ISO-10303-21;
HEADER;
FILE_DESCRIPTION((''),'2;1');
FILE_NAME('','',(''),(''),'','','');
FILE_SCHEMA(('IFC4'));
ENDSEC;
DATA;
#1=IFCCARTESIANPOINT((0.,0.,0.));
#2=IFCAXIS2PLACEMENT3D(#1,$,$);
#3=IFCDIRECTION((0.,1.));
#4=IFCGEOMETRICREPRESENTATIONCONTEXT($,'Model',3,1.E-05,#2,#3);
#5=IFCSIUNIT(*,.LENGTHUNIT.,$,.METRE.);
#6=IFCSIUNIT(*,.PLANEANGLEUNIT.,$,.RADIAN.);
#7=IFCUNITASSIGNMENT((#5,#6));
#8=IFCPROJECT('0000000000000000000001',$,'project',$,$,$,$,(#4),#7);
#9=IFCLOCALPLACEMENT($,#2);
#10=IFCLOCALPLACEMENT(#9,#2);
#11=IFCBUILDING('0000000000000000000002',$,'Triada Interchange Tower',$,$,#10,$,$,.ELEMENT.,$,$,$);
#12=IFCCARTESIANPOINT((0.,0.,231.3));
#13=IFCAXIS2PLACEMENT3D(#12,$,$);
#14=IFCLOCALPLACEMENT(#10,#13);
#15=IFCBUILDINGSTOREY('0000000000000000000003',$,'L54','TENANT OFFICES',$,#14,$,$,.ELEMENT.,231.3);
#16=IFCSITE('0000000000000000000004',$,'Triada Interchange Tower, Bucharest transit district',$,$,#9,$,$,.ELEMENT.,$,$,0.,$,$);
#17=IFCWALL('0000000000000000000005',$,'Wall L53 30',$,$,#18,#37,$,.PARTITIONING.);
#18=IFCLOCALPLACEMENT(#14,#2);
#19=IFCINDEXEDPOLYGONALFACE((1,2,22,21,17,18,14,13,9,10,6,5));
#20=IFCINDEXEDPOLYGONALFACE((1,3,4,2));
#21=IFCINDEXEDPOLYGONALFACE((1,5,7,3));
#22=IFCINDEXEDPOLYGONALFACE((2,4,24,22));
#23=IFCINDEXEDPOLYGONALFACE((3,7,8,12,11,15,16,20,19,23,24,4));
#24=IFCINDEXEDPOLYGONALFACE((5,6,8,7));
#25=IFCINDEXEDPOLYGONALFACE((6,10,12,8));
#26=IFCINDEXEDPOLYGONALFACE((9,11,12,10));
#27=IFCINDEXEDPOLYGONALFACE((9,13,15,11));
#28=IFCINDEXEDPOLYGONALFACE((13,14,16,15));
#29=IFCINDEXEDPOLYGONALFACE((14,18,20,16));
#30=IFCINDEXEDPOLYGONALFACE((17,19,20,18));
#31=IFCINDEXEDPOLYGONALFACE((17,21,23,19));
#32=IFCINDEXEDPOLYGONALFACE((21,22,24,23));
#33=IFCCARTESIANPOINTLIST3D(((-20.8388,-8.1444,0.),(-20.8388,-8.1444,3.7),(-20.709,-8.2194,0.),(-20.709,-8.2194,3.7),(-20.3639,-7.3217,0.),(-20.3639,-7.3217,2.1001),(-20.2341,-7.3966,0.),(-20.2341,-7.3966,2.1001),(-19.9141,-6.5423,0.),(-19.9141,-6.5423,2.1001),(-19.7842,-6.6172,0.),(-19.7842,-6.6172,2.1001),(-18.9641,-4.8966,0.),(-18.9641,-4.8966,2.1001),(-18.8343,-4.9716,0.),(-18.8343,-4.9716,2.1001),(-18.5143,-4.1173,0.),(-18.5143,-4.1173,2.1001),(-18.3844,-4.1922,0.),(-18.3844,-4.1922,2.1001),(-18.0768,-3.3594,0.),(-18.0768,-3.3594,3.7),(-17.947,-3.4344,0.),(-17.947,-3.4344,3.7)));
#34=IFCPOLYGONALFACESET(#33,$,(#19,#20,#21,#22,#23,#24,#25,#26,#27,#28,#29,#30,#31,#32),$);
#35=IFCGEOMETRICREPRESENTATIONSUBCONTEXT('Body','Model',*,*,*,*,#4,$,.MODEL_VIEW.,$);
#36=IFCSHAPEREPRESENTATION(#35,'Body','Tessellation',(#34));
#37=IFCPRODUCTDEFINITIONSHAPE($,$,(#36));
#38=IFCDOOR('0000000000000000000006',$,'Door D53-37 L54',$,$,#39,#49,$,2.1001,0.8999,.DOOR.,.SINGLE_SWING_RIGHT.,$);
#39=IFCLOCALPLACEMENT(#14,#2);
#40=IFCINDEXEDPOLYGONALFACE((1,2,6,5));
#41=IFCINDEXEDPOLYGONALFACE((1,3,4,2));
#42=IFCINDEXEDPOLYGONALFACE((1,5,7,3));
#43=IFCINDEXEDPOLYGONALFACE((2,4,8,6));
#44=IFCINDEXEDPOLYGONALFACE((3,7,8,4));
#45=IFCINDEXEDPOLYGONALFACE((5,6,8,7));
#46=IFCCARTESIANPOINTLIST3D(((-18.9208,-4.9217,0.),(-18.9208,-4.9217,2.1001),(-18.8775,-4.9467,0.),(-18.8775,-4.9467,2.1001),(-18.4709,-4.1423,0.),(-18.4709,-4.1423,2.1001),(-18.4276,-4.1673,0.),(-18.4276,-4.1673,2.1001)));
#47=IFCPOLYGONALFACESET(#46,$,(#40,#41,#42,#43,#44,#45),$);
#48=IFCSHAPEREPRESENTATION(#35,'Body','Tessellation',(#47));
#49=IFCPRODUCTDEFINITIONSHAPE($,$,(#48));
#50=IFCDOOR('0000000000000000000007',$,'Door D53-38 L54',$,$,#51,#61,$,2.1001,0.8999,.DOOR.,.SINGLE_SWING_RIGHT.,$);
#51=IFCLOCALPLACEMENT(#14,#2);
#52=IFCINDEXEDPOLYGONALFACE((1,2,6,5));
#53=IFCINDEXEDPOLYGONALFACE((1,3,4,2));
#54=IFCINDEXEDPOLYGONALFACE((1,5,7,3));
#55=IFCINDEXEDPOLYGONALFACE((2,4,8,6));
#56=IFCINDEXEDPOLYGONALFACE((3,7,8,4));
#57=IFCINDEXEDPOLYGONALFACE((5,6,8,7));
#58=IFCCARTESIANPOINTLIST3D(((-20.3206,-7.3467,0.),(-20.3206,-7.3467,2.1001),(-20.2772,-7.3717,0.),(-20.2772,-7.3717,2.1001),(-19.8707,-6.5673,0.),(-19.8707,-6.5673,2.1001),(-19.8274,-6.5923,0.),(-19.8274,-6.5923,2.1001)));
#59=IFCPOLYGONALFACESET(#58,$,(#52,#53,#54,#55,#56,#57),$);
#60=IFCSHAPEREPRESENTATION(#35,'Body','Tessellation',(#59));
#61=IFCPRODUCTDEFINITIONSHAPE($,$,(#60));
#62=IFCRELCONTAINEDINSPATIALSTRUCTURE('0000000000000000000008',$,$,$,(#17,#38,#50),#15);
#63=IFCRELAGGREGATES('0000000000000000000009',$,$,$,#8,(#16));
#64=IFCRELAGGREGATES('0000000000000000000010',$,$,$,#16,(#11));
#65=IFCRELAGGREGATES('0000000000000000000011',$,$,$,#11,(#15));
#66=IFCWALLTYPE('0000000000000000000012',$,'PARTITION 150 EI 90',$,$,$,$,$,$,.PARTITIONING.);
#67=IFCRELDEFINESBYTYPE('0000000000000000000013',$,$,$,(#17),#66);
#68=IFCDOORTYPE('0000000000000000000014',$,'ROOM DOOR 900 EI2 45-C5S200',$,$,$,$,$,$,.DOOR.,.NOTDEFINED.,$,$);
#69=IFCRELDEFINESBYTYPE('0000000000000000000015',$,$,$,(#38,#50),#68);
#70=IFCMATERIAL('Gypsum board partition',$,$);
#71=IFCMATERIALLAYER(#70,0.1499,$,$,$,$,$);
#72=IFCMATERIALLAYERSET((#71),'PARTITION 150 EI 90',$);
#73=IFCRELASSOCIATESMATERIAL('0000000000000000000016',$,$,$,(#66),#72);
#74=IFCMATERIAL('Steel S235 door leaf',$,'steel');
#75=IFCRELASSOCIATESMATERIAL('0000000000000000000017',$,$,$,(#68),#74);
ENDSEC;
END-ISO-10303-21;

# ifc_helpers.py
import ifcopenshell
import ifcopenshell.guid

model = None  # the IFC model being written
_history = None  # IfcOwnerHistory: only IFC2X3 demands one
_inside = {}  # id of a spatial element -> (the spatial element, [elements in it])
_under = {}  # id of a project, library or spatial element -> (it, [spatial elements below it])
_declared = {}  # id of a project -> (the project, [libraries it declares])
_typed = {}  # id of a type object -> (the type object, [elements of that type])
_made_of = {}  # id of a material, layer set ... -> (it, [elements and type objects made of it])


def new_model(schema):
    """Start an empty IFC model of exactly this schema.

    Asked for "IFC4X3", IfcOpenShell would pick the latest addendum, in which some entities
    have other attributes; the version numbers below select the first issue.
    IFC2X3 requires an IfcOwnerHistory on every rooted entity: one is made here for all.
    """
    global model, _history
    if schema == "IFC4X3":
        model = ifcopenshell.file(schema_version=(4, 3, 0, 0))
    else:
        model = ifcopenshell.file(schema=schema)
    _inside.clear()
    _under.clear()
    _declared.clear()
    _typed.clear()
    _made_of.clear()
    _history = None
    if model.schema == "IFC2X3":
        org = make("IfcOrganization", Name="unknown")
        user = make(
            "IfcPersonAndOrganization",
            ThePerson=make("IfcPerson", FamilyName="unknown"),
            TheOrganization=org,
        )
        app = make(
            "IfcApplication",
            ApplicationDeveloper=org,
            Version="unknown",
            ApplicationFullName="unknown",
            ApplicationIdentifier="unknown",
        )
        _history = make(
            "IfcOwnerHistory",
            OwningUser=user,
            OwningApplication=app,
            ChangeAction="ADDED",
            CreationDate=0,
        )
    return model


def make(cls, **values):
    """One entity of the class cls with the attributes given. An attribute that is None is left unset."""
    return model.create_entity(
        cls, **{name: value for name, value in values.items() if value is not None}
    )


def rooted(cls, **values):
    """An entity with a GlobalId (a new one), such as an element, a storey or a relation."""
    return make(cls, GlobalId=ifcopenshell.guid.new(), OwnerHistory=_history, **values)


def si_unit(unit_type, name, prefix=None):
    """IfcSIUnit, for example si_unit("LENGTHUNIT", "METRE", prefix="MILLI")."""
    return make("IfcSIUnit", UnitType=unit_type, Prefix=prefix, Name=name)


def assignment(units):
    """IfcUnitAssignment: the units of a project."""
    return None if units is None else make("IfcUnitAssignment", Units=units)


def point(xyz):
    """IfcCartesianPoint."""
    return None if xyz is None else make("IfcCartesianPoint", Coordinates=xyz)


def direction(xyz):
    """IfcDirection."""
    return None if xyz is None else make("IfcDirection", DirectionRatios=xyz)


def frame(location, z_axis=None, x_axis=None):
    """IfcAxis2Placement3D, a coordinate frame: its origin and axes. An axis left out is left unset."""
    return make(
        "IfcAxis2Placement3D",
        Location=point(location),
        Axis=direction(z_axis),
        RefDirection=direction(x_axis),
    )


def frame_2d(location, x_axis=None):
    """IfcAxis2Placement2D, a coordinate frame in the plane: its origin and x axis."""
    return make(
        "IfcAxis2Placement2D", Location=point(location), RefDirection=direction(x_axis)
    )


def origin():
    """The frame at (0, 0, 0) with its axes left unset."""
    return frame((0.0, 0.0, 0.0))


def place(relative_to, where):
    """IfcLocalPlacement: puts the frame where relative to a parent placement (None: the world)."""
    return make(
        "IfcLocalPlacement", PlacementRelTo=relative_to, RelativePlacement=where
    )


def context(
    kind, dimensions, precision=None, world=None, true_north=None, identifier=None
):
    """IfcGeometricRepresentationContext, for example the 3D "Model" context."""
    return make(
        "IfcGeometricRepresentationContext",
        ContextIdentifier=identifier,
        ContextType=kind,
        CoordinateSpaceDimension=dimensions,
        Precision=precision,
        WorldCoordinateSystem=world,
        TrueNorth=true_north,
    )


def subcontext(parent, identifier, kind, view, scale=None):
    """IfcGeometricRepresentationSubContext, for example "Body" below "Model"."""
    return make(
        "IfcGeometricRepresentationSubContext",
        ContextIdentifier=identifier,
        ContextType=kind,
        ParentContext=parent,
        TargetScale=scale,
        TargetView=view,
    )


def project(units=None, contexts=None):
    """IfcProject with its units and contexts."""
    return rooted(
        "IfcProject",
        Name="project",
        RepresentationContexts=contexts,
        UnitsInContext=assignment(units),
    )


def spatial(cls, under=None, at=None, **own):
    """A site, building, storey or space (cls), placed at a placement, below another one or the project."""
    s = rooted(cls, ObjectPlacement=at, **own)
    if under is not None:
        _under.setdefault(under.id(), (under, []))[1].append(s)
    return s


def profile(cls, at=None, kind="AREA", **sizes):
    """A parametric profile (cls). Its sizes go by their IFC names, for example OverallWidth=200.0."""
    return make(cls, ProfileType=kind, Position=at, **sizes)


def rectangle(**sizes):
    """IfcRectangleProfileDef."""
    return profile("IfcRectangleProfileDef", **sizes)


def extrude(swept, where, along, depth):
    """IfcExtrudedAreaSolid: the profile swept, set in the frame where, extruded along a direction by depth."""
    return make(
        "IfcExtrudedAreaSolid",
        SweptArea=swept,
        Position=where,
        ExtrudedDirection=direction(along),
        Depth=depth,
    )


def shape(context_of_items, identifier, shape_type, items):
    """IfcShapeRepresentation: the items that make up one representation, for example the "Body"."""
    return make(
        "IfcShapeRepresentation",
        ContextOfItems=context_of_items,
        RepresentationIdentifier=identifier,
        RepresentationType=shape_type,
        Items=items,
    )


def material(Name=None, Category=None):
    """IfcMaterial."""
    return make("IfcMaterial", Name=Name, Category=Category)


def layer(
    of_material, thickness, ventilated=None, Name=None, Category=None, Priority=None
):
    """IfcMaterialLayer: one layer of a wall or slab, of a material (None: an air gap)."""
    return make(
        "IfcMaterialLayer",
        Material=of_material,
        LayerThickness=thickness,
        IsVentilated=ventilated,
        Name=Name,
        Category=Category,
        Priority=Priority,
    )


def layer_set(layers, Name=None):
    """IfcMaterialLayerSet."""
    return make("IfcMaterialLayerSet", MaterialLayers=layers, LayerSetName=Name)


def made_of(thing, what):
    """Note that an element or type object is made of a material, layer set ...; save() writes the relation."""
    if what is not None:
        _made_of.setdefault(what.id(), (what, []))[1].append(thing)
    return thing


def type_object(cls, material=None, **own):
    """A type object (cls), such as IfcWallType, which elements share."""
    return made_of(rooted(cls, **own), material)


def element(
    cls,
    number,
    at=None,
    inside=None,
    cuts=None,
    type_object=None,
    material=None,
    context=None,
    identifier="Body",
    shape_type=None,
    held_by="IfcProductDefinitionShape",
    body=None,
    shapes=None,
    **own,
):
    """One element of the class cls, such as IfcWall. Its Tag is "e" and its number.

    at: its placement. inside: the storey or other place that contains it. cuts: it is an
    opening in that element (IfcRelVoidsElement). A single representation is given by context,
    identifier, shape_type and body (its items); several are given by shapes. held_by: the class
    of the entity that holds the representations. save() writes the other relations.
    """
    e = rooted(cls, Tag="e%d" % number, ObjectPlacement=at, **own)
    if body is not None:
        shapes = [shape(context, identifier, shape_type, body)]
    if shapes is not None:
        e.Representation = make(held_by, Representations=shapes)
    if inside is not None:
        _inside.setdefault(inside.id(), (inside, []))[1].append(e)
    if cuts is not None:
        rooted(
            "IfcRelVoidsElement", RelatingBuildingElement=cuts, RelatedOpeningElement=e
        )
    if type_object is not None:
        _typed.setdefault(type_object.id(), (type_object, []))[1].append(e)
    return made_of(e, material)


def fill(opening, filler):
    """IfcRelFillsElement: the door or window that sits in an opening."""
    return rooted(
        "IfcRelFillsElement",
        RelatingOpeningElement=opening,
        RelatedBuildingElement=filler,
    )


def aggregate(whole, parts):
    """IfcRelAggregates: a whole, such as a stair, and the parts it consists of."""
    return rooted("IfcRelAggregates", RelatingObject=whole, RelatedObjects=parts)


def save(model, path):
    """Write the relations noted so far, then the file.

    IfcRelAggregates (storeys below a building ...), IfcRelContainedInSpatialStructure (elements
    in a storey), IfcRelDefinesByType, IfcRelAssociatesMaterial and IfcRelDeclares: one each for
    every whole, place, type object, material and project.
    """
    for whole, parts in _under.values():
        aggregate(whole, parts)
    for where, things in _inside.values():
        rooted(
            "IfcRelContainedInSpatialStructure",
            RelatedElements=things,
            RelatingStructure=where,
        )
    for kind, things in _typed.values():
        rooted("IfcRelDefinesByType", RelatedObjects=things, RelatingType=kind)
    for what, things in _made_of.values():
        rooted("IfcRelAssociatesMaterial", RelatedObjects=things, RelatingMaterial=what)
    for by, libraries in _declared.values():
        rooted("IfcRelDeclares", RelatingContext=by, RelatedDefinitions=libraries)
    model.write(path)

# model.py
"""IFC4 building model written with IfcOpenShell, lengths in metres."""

from ifc_helpers import new_model, si_unit, direction, frame, frame_2d, origin, place, context, subcontext, project, spatial, rectangle, extrude, material, layer, layer_set, type_object, element, fill, save


model = new_model("IFC4")

# Units and contexts
model_context = context("Model", 3, precision=1e-05, world=origin(), true_north=direction((0.0, 1.0)))
body_context = subcontext(model_context, "Body", "Model", "MODEL_VIEW")
ifc_project = project(units=[si_unit("LENGTHUNIT", "METRE"), si_unit("PLANEANGLEUNIT", "RADIAN")], contexts=[model_context])

# Site, building, storey
site_placement = place(None, origin())
site = spatial("IfcSite", under=ifc_project, at=site_placement, Name="Triada Interchange Tower, Bucharest transit district", CompositionType="ELEMENT", RefElevation=0.0)
building_placement = place(site_placement, origin())
building = spatial("IfcBuilding", under=site, at=building_placement, Name="Triada Interchange Tower", CompositionType="ELEMENT")
storey_placement = place(building_placement, frame((0.0, 0.0, 231.3)))
storey = spatial("IfcBuildingStorey", under=building, at=storey_placement, Name="L54", Description="TENANT OFFICES", CompositionType="ELEMENT", Elevation=231.3)

# Wall, openings, doors
ifc_material_1 = material(Name="Gypsum board partition")
ifc_material_2 = material(Name="Steel S235 door leaf", Category="steel")
ifc_layer_1 = layer(ifc_material_1, 0.1499)
ifc_layer_set_1 = layer_set([ifc_layer_1], Name="PARTITION 150 EI 90")
wall_type_1 = type_object("IfcWallType", Name="PARTITION 150 EI 90", PredefinedType="PARTITIONING", material=ifc_layer_set_1)
wall_1_placement = place(storey_placement, frame((-20.7739, -8.1819, 0.0), z_axis=(0.0, 0.0, 1.0), x_axis=(0.499918, 0.866073, 0.0)))
wall_1 = element("IfcWall", 1, at=wall_1_placement, inside=storey, type_object=wall_type_1, Name="Wall L53 30", PredefinedType="PARTITIONING", context=body_context, shape_type="SweptSolid", body=[
    extrude(rectangle(XDim=5.5249, YDim=0.1499, at=frame_2d((2.7625, 0.0))), origin(), (0.0, 0.0, 1.0), 3.7),
])
opening_1_placement = place(wall_1_placement, frame((3.75, 0.0, 0.0)))
opening_1 = element("IfcOpeningElement", 2, at=opening_1_placement, cuts=wall_1, PredefinedType="OPENING", context=body_context, shape_type="SweptSolid", body=[
    extrude(rectangle(XDim=0.8999, YDim=2.1001, at=frame_2d((0.45, 1.05))), frame((0.0, 0.085, 0.0), z_axis=(0.0, -1.0, 0.0), x_axis=(1.0, 0.0, 0.0)), (0.0, 0.0, 1.0), 0.1699),
])
opening_2_placement = place(wall_1_placement, frame((0.95, 0.0, 0.0)))
opening_2 = element("IfcOpeningElement", 3, at=opening_2_placement, cuts=wall_1, PredefinedType="OPENING", context=body_context, shape_type="SweptSolid", body=[
    extrude(rectangle(XDim=0.8999, YDim=2.1001, at=frame_2d((0.45, 1.05))), frame((0.0, 0.085, 0.0), z_axis=(0.0, -1.0, 0.0), x_axis=(1.0, 0.0, 0.0)), (0.0, 0.0, 1.0), 0.1699),
])
door_type_1 = type_object("IfcDoorType", Name="ROOM DOOR 900 EI2 45-C5S200", OperationType="NOTDEFINED", PredefinedType="DOOR", material=ifc_material_2)
door_1_placement = place(opening_1_placement, origin())
door_1 = element("IfcDoor", 4, at=door_1_placement, inside=storey, type_object=door_type_1, Name="Door D53-37 L54", OperationType="SINGLE_SWING_RIGHT", OverallHeight=2.1001, OverallWidth=0.8999, PredefinedType="DOOR", context=body_context, shape_type="SweptSolid", body=[
    extrude(rectangle(XDim=0.8999, YDim=2.1001, at=frame_2d((0.45, 1.05))), frame((0.0, 0.0249, 0.0), z_axis=(0.0, -1.0, 0.0), x_axis=(1.0, 0.0, 0.0)), (0.0, 0.0, 1.0), 0.05),
])
fill(opening_1, door_1)
door_2_placement = place(opening_2_placement, origin())
door_2 = element("IfcDoor", 5, at=door_2_placement, inside=storey, type_object=door_type_1, Name="Door D53-38 L54", OperationType="SINGLE_SWING_RIGHT", OverallHeight=2.1001, OverallWidth=0.8999, PredefinedType="DOOR", context=body_context, shape_type="SweptSolid", body=[
    extrude(rectangle(XDim=0.8999, YDim=2.1001, at=frame_2d((0.45, 1.05))), frame((0.0, 0.0249, 0.0), z_axis=(0.0, -1.0, 0.0), x_axis=(1.0, 0.0, 0.0)), (0.0, 0.0, 1.0), 0.05),
])
fill(opening_2, door_2)

save(model, "model.ifc")
